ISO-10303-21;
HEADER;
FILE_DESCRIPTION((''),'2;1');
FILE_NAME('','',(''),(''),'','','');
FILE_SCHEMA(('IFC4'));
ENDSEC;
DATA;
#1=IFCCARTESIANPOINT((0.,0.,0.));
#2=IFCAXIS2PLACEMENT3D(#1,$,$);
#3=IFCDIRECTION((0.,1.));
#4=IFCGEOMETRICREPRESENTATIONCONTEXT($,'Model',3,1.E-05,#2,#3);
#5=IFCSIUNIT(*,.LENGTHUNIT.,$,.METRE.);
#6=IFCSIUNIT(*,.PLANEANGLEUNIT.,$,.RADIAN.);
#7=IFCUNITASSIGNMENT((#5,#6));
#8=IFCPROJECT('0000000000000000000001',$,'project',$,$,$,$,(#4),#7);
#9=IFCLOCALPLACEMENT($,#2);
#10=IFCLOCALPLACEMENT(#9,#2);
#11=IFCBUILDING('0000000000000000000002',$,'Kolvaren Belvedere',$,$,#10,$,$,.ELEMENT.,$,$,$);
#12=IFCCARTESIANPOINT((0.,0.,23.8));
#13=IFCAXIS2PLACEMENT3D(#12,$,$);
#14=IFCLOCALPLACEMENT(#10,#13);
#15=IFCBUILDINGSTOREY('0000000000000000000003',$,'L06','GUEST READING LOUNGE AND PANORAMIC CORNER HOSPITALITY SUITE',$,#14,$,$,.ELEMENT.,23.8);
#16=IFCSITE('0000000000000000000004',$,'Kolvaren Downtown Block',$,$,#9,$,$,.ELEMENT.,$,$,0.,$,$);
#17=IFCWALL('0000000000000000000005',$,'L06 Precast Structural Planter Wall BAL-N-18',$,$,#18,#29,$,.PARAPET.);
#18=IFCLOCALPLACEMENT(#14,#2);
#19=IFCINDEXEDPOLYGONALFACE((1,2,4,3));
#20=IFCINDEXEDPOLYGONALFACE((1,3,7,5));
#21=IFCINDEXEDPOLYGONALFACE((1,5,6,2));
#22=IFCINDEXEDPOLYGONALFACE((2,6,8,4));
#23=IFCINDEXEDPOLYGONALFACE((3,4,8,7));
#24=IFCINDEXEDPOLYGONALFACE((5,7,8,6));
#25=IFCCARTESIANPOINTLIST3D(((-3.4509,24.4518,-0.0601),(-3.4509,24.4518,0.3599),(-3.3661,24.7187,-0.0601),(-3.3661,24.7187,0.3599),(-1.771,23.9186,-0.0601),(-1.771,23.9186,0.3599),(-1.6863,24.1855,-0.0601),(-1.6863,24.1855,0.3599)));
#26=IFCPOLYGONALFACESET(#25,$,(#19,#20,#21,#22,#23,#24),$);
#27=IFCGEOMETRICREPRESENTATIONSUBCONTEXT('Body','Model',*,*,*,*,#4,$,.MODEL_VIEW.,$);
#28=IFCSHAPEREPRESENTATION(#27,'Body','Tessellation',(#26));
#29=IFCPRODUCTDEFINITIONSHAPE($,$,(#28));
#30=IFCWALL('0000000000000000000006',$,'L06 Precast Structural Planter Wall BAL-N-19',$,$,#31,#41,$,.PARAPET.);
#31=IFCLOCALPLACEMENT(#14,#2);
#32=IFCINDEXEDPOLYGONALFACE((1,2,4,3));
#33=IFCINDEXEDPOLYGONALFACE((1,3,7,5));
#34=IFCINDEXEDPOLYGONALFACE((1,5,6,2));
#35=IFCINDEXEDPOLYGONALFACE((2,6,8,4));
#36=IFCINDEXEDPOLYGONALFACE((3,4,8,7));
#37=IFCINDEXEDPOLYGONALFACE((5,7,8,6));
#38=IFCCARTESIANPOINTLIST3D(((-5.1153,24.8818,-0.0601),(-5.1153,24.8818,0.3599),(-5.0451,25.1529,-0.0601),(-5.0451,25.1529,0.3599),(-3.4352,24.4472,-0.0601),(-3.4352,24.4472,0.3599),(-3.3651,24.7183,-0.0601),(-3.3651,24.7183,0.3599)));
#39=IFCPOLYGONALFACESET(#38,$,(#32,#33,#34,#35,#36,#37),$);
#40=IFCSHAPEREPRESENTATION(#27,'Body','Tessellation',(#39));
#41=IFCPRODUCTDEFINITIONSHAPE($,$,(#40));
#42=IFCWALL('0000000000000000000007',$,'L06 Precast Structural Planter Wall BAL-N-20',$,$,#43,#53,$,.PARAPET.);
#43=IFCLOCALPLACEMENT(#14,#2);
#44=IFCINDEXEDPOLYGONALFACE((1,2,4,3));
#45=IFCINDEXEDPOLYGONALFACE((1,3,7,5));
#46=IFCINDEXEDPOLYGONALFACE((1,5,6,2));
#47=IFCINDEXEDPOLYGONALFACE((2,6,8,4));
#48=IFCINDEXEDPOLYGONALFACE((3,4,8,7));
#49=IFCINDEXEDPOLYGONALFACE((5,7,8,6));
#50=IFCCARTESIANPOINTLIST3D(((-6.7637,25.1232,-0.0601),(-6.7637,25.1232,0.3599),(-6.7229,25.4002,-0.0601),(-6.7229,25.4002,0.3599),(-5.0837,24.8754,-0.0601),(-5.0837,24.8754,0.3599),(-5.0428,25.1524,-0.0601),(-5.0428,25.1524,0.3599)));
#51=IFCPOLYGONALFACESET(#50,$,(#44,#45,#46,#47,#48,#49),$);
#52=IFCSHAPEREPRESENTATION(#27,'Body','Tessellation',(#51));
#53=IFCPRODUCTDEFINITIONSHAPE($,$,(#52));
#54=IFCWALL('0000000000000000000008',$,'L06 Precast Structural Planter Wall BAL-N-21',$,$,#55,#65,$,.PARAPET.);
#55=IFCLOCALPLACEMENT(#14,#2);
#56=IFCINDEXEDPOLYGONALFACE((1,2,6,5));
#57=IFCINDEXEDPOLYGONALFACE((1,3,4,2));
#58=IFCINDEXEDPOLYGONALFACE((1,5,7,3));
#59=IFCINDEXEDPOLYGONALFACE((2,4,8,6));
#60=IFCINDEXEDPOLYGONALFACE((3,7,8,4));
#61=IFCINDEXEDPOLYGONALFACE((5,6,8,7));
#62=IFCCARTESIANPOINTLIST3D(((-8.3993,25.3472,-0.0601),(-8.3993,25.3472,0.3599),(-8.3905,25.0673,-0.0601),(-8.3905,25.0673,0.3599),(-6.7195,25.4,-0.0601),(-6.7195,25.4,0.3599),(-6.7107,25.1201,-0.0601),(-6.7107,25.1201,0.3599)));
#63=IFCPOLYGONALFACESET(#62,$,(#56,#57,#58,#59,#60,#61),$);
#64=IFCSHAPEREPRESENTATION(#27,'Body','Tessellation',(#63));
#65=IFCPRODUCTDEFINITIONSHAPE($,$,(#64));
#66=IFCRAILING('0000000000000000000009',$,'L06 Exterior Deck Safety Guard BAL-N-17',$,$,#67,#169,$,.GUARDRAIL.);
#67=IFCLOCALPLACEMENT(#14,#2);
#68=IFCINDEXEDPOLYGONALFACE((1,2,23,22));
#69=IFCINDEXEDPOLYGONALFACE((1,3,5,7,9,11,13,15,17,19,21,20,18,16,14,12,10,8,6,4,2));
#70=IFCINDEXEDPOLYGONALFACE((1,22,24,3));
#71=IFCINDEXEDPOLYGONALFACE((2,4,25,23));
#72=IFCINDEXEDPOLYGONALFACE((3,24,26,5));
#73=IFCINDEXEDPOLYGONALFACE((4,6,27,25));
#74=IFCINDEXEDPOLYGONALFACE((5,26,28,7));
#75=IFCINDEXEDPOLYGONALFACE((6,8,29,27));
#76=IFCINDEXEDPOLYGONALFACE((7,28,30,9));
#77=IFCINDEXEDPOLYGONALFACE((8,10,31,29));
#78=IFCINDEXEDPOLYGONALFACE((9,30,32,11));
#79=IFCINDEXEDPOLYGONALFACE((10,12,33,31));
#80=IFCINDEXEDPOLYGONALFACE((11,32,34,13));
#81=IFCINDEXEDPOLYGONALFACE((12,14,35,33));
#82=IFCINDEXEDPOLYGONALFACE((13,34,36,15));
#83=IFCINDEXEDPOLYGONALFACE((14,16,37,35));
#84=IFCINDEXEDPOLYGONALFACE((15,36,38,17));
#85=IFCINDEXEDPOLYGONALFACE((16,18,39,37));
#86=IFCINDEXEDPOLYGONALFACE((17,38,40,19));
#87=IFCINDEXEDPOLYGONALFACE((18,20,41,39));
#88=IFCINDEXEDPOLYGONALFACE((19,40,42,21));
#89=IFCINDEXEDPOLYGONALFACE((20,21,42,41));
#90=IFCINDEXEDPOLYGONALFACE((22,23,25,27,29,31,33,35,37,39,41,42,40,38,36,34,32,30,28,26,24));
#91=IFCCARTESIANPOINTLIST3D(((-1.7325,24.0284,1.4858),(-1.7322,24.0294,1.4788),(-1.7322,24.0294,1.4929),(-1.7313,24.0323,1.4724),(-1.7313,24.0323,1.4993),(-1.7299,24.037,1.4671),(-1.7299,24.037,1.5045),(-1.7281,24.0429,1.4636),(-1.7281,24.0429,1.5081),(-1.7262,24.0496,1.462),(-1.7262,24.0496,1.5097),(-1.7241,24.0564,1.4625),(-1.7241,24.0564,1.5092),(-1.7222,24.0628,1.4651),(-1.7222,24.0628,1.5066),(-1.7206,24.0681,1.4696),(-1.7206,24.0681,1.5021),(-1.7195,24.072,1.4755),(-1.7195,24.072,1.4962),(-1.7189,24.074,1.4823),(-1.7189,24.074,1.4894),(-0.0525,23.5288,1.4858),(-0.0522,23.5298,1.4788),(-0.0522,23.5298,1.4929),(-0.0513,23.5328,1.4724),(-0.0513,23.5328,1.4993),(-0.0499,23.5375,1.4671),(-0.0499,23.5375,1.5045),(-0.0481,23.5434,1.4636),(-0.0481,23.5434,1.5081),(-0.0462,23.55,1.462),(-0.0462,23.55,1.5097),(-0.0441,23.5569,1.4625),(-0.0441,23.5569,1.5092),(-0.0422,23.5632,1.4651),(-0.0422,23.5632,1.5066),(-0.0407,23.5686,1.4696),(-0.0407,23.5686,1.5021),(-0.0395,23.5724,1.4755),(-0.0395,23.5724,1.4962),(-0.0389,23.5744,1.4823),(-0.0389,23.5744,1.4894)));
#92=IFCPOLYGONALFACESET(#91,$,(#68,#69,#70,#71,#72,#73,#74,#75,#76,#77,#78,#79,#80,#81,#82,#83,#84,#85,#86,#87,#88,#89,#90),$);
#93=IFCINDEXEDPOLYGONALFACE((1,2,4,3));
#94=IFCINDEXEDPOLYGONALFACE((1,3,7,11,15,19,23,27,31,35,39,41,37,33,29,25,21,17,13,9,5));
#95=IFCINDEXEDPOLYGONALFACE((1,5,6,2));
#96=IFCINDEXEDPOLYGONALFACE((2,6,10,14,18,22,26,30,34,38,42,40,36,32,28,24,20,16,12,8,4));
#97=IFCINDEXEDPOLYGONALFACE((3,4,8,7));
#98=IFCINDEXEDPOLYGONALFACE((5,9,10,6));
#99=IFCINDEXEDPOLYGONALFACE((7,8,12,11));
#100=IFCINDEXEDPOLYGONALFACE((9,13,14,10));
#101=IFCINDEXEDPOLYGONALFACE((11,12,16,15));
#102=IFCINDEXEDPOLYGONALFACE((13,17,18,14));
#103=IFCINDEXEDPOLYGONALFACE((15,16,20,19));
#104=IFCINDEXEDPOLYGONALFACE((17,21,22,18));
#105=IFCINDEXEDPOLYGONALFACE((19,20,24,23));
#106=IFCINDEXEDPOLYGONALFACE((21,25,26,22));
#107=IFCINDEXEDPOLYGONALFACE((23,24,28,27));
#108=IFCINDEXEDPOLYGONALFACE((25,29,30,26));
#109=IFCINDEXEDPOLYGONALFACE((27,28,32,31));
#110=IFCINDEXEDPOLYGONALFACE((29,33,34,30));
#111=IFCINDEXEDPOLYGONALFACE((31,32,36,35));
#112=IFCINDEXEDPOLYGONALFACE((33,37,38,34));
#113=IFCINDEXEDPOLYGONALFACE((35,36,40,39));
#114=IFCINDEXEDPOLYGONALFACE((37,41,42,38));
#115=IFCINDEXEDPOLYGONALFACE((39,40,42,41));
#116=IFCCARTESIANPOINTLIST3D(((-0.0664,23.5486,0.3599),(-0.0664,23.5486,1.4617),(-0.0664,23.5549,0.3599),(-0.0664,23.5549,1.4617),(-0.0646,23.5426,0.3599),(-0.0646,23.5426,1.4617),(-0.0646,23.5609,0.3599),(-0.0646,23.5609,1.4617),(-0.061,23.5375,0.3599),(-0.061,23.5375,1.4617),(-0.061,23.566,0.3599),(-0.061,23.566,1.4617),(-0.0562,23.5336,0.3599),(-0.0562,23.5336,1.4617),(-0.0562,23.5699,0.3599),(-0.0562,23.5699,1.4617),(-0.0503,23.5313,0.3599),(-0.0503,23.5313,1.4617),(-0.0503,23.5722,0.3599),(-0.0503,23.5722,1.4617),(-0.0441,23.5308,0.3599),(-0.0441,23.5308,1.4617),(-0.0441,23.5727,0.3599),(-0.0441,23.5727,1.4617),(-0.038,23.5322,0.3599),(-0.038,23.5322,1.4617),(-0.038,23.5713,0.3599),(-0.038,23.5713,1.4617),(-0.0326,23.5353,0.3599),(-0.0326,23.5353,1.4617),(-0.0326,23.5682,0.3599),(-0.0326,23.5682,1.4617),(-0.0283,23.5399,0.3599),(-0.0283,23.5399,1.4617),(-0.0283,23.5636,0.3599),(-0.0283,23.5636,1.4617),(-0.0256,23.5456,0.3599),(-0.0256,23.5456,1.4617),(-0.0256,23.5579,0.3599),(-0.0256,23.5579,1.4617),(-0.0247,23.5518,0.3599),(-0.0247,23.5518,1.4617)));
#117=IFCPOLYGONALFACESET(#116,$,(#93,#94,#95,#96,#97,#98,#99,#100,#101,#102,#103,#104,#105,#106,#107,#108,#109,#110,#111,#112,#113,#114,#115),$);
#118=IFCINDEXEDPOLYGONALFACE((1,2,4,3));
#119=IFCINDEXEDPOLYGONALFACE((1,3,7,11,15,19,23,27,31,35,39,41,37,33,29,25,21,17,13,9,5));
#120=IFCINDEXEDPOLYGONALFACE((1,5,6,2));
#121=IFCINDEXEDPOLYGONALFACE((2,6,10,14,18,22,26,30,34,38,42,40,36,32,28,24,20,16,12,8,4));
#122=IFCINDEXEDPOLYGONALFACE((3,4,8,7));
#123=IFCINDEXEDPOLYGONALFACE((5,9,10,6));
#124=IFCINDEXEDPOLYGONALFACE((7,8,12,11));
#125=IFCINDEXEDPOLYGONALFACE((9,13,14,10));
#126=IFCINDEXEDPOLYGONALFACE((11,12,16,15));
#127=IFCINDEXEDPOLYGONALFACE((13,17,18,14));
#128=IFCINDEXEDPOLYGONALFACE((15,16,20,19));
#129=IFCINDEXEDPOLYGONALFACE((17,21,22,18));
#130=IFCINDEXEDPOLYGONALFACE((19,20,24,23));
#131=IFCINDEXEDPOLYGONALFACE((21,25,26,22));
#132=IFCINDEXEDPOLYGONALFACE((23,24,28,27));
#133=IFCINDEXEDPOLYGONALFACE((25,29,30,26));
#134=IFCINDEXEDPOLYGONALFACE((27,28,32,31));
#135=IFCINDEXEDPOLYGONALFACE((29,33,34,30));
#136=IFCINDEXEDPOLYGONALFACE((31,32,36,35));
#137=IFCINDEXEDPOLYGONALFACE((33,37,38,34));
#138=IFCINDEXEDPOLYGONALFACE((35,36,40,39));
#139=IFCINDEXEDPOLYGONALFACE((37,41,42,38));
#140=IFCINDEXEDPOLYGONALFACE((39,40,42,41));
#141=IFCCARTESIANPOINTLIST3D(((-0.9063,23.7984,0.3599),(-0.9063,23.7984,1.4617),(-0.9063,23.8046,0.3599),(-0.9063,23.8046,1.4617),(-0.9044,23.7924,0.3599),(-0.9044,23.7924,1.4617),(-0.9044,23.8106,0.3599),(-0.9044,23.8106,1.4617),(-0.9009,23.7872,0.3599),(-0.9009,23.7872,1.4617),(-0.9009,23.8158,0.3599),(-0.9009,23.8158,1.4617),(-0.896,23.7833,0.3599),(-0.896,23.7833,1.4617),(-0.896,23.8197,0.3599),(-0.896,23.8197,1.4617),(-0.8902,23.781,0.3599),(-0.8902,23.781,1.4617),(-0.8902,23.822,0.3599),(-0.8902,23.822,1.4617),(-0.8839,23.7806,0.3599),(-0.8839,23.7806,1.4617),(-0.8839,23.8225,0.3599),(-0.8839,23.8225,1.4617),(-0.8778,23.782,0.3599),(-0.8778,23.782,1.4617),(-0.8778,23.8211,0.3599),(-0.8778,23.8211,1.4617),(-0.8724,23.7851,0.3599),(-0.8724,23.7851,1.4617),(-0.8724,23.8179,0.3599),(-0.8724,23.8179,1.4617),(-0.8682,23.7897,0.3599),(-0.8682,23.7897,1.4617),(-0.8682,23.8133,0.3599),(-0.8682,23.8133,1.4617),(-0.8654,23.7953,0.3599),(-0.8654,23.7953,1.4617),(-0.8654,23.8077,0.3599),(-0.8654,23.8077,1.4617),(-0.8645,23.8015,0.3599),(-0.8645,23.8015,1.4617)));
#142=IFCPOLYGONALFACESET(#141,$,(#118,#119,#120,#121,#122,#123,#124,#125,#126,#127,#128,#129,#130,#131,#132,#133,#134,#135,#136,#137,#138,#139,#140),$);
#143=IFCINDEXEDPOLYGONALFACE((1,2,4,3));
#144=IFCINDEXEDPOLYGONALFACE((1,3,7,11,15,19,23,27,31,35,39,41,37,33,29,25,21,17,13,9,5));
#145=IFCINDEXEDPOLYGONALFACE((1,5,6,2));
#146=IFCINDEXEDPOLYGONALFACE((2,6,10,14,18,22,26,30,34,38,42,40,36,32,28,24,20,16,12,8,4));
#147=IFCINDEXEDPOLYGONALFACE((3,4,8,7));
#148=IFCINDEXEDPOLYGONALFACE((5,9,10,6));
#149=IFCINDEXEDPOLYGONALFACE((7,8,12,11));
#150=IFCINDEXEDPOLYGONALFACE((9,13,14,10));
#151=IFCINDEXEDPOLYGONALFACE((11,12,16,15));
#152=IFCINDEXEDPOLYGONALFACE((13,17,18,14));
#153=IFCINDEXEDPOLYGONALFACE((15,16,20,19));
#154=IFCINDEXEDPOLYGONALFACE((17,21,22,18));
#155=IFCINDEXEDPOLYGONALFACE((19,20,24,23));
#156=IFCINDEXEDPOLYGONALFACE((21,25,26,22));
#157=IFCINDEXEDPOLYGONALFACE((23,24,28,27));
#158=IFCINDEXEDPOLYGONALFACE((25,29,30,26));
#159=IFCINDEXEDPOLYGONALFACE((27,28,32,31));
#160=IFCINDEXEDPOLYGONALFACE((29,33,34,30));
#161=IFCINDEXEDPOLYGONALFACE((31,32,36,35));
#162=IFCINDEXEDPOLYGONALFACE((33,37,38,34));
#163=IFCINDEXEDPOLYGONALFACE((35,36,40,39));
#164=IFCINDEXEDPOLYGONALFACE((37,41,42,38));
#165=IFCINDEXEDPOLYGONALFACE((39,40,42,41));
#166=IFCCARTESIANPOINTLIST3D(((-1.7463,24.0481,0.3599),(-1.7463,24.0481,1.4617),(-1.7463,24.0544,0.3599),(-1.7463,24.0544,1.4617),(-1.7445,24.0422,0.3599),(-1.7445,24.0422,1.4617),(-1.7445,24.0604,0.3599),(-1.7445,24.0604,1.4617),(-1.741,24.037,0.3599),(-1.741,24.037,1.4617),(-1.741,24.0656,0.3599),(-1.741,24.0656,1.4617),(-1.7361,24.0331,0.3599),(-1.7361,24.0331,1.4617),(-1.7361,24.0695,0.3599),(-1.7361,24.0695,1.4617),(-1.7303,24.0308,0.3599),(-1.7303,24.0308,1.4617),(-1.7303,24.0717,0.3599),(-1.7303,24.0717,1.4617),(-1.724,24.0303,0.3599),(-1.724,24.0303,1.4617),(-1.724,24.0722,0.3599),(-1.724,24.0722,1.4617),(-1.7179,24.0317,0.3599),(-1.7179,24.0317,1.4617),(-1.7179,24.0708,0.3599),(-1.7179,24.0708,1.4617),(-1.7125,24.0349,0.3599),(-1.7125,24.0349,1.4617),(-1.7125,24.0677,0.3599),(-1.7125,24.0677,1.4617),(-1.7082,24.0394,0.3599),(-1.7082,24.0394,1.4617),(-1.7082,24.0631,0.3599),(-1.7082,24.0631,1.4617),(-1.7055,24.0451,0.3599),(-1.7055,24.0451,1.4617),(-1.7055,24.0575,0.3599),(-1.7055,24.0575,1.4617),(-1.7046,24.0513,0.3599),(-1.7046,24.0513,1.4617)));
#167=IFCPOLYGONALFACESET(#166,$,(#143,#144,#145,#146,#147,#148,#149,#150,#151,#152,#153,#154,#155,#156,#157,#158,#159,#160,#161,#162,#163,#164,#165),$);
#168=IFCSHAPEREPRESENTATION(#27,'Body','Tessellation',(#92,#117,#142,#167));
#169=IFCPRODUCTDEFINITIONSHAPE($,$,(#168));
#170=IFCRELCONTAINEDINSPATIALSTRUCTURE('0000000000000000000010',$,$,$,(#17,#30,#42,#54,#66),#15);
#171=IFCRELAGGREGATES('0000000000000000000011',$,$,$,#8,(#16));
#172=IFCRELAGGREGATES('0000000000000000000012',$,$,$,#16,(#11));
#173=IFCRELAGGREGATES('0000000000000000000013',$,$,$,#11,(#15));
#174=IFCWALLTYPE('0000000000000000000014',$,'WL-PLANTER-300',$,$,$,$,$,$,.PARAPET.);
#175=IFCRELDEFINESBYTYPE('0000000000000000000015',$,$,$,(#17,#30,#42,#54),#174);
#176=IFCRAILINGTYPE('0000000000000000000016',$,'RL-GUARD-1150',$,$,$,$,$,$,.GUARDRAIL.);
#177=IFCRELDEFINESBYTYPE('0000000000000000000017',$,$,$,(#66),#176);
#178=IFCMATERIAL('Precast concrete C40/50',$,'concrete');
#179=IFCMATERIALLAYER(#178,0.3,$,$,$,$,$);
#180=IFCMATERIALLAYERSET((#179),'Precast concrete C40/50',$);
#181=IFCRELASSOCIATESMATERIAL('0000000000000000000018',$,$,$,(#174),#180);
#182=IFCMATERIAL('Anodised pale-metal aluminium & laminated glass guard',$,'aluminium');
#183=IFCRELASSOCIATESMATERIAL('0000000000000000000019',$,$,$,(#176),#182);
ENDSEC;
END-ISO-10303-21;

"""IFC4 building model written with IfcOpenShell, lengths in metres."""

from ifc_helpers import new_model, si_unit, direction, frame, frame_2d, origin, origin_2d, place, context, subcontext, project, spatial, rectangle, circle, extrude, material, layer, layer_set, type_object, element, save


model = new_model("IFC4")

# Units and contexts
model_context = context("Model", 3, precision=1e-05, world=origin(), true_north=direction((0.0, 1.0)))
body_context = subcontext(model_context, "Body", "Model", "MODEL_VIEW")
ifc_project = project(units=[si_unit("LENGTHUNIT", "METRE"), si_unit("PLANEANGLEUNIT", "RADIAN")], contexts=[model_context])

# Site, building, storey
site_placement = place(None, origin())
site = spatial("IfcSite", under=ifc_project, at=site_placement, Name="Kolvaren Downtown Block", CompositionType="ELEMENT", RefElevation=0.0)
building_placement = place(site_placement, origin())
building = spatial("IfcBuilding", under=site, at=building_placement, Name="Kolvaren Belvedere", CompositionType="ELEMENT")
storey_placement = place(building_placement, frame((0.0, 0.0, 23.8)))
storey = spatial("IfcBuildingStorey", under=building, at=storey_placement, Name="L06", Description="GUEST READING LOUNGE AND PANORAMIC CORNER HOSPITALITY SUITE", CompositionType="ELEMENT", Elevation=23.8)

# Walls
ifc_material_1 = material(Name="Precast concrete C40/50", Category="concrete")
ifc_layer_1 = layer(ifc_material_1, 0.3)
ifc_layer_set_1 = layer_set([ifc_layer_1], Name="Precast concrete C40/50")
wall_type_1 = type_object("IfcWallType", Name="WL-PLANTER-300", PredefinedType="PARAPET", material=ifc_layer_set_1)
wall_1_placement = place(storey_placement, frame((-1.7285, 24.052, -0.0601), z_axis=(0.0, 0.0, 1.0), x_axis=(-0.953142, 0.302523, 0.0)))
element("IfcWall", 1, at=wall_1_placement, inside=storey, type_object=wall_type_1, Name="L06 Precast Structural Planter Wall BAL-N-18", PredefinedType="PARAPET", context=body_context, shape_type="SweptSolid", body=[
    extrude(rectangle(XDim=1.7625, YDim=0.28, at=frame_2d((0.8813, 0.0))), origin(), (0.0, 0.0, 1.0), 0.4199),
])
wall_2_placement = place(storey_placement, frame((-3.4001, 24.5828, -0.0601), z_axis=(0.0, 0.0, 1.0), x_axis=(-0.968132, 0.25044, 0.0)))
element("IfcWall", 2, at=wall_2_placement, inside=storey, type_object=wall_type_1, Name="L06 Precast Structural Planter Wall BAL-N-19", PredefinedType="PARAPET", context=body_context, shape_type="SweptSolid", body=[
    extrude(rectangle(XDim=1.7354, YDim=0.28, at=frame_2d((0.8677, 0.0))), origin(), (0.0, 0.0, 1.0), 0.4199),
])
wall_3_placement = place(storey_placement, frame((-5.0632, 25.0139, -0.0601), z_axis=(0.0, 0.0, 1.0), x_axis=(-0.989298, 0.145908, 0.0)))
element("IfcWall", 3, at=wall_3_placement, inside=storey, type_object=wall_type_1, Name="L06 Precast Structural Planter Wall BAL-N-20", PredefinedType="PARAPET", context=body_context, shape_type="SweptSolid", body=[
    extrude(rectangle(XDim=1.6982, YDim=0.28, at=frame_2d((0.8491, 0.0))), origin(), (0.0, 0.0, 1.0), 0.4199),
])
wall_4_placement = place(storey_placement, frame((-6.7151, 25.26, -0.0601), z_axis=(0.0, 0.0, 1.0), x_axis=(-0.999508, -0.031375, 0.0)))
element("IfcWall", 4, at=wall_4_placement, inside=storey, type_object=wall_type_1, Name="L06 Precast Structural Planter Wall BAL-N-21", PredefinedType="PARAPET", context=body_context, shape_type="SweptSolid", body=[
    extrude(rectangle(XDim=1.6807, YDim=0.28, at=frame_2d((0.8403, 0.0))), origin(), (0.0, 0.0, 1.0), 0.4199),
])

# Railing
ifc_material_2 = material(Name="Anodised pale-metal aluminium & laminated glass guard", Category="aluminium")
railing_type = type_object("IfcRailingType", Name="RL-GUARD-1150", PredefinedType="GUARDRAIL", material=ifc_material_2)
railing_1_placement = place(storey_placement, frame((-0.0457, 23.5518, 0.3599)))
element("IfcRailing", 5, at=railing_1_placement, inside=storey, type_object=railing_type, Name="L06 Exterior Deck Safety Guard BAL-N-17", PredefinedType="GUARDRAIL", context=body_context, shape_type="SweptSolid", body=[
    extrude(circle(Radius=0.0239, at=origin_2d()), frame((0.0, 0.0, 1.126), z_axis=(-0.958525, 0.285008, 0.0), x_axis=(-0.285008, -0.958525, 0.0)), (0.0, 0.0, 1.0), 1.7527),
    extrude(circle(Radius=0.021, at=origin_2d()), origin(), (0.0, 0.0, 1.0), 1.1018),
    extrude(circle(Radius=0.021, at=origin_2d()), frame((-0.8398, 0.2498, 0.0)), (0.0, 0.0, 1.0), 1.1018),
    extrude(circle(Radius=0.021, at=origin_2d()), frame((-1.6799, 0.4995, 0.0)), (0.0, 0.0, 1.0), 1.1018),
])

save(model, "model.ifc")
